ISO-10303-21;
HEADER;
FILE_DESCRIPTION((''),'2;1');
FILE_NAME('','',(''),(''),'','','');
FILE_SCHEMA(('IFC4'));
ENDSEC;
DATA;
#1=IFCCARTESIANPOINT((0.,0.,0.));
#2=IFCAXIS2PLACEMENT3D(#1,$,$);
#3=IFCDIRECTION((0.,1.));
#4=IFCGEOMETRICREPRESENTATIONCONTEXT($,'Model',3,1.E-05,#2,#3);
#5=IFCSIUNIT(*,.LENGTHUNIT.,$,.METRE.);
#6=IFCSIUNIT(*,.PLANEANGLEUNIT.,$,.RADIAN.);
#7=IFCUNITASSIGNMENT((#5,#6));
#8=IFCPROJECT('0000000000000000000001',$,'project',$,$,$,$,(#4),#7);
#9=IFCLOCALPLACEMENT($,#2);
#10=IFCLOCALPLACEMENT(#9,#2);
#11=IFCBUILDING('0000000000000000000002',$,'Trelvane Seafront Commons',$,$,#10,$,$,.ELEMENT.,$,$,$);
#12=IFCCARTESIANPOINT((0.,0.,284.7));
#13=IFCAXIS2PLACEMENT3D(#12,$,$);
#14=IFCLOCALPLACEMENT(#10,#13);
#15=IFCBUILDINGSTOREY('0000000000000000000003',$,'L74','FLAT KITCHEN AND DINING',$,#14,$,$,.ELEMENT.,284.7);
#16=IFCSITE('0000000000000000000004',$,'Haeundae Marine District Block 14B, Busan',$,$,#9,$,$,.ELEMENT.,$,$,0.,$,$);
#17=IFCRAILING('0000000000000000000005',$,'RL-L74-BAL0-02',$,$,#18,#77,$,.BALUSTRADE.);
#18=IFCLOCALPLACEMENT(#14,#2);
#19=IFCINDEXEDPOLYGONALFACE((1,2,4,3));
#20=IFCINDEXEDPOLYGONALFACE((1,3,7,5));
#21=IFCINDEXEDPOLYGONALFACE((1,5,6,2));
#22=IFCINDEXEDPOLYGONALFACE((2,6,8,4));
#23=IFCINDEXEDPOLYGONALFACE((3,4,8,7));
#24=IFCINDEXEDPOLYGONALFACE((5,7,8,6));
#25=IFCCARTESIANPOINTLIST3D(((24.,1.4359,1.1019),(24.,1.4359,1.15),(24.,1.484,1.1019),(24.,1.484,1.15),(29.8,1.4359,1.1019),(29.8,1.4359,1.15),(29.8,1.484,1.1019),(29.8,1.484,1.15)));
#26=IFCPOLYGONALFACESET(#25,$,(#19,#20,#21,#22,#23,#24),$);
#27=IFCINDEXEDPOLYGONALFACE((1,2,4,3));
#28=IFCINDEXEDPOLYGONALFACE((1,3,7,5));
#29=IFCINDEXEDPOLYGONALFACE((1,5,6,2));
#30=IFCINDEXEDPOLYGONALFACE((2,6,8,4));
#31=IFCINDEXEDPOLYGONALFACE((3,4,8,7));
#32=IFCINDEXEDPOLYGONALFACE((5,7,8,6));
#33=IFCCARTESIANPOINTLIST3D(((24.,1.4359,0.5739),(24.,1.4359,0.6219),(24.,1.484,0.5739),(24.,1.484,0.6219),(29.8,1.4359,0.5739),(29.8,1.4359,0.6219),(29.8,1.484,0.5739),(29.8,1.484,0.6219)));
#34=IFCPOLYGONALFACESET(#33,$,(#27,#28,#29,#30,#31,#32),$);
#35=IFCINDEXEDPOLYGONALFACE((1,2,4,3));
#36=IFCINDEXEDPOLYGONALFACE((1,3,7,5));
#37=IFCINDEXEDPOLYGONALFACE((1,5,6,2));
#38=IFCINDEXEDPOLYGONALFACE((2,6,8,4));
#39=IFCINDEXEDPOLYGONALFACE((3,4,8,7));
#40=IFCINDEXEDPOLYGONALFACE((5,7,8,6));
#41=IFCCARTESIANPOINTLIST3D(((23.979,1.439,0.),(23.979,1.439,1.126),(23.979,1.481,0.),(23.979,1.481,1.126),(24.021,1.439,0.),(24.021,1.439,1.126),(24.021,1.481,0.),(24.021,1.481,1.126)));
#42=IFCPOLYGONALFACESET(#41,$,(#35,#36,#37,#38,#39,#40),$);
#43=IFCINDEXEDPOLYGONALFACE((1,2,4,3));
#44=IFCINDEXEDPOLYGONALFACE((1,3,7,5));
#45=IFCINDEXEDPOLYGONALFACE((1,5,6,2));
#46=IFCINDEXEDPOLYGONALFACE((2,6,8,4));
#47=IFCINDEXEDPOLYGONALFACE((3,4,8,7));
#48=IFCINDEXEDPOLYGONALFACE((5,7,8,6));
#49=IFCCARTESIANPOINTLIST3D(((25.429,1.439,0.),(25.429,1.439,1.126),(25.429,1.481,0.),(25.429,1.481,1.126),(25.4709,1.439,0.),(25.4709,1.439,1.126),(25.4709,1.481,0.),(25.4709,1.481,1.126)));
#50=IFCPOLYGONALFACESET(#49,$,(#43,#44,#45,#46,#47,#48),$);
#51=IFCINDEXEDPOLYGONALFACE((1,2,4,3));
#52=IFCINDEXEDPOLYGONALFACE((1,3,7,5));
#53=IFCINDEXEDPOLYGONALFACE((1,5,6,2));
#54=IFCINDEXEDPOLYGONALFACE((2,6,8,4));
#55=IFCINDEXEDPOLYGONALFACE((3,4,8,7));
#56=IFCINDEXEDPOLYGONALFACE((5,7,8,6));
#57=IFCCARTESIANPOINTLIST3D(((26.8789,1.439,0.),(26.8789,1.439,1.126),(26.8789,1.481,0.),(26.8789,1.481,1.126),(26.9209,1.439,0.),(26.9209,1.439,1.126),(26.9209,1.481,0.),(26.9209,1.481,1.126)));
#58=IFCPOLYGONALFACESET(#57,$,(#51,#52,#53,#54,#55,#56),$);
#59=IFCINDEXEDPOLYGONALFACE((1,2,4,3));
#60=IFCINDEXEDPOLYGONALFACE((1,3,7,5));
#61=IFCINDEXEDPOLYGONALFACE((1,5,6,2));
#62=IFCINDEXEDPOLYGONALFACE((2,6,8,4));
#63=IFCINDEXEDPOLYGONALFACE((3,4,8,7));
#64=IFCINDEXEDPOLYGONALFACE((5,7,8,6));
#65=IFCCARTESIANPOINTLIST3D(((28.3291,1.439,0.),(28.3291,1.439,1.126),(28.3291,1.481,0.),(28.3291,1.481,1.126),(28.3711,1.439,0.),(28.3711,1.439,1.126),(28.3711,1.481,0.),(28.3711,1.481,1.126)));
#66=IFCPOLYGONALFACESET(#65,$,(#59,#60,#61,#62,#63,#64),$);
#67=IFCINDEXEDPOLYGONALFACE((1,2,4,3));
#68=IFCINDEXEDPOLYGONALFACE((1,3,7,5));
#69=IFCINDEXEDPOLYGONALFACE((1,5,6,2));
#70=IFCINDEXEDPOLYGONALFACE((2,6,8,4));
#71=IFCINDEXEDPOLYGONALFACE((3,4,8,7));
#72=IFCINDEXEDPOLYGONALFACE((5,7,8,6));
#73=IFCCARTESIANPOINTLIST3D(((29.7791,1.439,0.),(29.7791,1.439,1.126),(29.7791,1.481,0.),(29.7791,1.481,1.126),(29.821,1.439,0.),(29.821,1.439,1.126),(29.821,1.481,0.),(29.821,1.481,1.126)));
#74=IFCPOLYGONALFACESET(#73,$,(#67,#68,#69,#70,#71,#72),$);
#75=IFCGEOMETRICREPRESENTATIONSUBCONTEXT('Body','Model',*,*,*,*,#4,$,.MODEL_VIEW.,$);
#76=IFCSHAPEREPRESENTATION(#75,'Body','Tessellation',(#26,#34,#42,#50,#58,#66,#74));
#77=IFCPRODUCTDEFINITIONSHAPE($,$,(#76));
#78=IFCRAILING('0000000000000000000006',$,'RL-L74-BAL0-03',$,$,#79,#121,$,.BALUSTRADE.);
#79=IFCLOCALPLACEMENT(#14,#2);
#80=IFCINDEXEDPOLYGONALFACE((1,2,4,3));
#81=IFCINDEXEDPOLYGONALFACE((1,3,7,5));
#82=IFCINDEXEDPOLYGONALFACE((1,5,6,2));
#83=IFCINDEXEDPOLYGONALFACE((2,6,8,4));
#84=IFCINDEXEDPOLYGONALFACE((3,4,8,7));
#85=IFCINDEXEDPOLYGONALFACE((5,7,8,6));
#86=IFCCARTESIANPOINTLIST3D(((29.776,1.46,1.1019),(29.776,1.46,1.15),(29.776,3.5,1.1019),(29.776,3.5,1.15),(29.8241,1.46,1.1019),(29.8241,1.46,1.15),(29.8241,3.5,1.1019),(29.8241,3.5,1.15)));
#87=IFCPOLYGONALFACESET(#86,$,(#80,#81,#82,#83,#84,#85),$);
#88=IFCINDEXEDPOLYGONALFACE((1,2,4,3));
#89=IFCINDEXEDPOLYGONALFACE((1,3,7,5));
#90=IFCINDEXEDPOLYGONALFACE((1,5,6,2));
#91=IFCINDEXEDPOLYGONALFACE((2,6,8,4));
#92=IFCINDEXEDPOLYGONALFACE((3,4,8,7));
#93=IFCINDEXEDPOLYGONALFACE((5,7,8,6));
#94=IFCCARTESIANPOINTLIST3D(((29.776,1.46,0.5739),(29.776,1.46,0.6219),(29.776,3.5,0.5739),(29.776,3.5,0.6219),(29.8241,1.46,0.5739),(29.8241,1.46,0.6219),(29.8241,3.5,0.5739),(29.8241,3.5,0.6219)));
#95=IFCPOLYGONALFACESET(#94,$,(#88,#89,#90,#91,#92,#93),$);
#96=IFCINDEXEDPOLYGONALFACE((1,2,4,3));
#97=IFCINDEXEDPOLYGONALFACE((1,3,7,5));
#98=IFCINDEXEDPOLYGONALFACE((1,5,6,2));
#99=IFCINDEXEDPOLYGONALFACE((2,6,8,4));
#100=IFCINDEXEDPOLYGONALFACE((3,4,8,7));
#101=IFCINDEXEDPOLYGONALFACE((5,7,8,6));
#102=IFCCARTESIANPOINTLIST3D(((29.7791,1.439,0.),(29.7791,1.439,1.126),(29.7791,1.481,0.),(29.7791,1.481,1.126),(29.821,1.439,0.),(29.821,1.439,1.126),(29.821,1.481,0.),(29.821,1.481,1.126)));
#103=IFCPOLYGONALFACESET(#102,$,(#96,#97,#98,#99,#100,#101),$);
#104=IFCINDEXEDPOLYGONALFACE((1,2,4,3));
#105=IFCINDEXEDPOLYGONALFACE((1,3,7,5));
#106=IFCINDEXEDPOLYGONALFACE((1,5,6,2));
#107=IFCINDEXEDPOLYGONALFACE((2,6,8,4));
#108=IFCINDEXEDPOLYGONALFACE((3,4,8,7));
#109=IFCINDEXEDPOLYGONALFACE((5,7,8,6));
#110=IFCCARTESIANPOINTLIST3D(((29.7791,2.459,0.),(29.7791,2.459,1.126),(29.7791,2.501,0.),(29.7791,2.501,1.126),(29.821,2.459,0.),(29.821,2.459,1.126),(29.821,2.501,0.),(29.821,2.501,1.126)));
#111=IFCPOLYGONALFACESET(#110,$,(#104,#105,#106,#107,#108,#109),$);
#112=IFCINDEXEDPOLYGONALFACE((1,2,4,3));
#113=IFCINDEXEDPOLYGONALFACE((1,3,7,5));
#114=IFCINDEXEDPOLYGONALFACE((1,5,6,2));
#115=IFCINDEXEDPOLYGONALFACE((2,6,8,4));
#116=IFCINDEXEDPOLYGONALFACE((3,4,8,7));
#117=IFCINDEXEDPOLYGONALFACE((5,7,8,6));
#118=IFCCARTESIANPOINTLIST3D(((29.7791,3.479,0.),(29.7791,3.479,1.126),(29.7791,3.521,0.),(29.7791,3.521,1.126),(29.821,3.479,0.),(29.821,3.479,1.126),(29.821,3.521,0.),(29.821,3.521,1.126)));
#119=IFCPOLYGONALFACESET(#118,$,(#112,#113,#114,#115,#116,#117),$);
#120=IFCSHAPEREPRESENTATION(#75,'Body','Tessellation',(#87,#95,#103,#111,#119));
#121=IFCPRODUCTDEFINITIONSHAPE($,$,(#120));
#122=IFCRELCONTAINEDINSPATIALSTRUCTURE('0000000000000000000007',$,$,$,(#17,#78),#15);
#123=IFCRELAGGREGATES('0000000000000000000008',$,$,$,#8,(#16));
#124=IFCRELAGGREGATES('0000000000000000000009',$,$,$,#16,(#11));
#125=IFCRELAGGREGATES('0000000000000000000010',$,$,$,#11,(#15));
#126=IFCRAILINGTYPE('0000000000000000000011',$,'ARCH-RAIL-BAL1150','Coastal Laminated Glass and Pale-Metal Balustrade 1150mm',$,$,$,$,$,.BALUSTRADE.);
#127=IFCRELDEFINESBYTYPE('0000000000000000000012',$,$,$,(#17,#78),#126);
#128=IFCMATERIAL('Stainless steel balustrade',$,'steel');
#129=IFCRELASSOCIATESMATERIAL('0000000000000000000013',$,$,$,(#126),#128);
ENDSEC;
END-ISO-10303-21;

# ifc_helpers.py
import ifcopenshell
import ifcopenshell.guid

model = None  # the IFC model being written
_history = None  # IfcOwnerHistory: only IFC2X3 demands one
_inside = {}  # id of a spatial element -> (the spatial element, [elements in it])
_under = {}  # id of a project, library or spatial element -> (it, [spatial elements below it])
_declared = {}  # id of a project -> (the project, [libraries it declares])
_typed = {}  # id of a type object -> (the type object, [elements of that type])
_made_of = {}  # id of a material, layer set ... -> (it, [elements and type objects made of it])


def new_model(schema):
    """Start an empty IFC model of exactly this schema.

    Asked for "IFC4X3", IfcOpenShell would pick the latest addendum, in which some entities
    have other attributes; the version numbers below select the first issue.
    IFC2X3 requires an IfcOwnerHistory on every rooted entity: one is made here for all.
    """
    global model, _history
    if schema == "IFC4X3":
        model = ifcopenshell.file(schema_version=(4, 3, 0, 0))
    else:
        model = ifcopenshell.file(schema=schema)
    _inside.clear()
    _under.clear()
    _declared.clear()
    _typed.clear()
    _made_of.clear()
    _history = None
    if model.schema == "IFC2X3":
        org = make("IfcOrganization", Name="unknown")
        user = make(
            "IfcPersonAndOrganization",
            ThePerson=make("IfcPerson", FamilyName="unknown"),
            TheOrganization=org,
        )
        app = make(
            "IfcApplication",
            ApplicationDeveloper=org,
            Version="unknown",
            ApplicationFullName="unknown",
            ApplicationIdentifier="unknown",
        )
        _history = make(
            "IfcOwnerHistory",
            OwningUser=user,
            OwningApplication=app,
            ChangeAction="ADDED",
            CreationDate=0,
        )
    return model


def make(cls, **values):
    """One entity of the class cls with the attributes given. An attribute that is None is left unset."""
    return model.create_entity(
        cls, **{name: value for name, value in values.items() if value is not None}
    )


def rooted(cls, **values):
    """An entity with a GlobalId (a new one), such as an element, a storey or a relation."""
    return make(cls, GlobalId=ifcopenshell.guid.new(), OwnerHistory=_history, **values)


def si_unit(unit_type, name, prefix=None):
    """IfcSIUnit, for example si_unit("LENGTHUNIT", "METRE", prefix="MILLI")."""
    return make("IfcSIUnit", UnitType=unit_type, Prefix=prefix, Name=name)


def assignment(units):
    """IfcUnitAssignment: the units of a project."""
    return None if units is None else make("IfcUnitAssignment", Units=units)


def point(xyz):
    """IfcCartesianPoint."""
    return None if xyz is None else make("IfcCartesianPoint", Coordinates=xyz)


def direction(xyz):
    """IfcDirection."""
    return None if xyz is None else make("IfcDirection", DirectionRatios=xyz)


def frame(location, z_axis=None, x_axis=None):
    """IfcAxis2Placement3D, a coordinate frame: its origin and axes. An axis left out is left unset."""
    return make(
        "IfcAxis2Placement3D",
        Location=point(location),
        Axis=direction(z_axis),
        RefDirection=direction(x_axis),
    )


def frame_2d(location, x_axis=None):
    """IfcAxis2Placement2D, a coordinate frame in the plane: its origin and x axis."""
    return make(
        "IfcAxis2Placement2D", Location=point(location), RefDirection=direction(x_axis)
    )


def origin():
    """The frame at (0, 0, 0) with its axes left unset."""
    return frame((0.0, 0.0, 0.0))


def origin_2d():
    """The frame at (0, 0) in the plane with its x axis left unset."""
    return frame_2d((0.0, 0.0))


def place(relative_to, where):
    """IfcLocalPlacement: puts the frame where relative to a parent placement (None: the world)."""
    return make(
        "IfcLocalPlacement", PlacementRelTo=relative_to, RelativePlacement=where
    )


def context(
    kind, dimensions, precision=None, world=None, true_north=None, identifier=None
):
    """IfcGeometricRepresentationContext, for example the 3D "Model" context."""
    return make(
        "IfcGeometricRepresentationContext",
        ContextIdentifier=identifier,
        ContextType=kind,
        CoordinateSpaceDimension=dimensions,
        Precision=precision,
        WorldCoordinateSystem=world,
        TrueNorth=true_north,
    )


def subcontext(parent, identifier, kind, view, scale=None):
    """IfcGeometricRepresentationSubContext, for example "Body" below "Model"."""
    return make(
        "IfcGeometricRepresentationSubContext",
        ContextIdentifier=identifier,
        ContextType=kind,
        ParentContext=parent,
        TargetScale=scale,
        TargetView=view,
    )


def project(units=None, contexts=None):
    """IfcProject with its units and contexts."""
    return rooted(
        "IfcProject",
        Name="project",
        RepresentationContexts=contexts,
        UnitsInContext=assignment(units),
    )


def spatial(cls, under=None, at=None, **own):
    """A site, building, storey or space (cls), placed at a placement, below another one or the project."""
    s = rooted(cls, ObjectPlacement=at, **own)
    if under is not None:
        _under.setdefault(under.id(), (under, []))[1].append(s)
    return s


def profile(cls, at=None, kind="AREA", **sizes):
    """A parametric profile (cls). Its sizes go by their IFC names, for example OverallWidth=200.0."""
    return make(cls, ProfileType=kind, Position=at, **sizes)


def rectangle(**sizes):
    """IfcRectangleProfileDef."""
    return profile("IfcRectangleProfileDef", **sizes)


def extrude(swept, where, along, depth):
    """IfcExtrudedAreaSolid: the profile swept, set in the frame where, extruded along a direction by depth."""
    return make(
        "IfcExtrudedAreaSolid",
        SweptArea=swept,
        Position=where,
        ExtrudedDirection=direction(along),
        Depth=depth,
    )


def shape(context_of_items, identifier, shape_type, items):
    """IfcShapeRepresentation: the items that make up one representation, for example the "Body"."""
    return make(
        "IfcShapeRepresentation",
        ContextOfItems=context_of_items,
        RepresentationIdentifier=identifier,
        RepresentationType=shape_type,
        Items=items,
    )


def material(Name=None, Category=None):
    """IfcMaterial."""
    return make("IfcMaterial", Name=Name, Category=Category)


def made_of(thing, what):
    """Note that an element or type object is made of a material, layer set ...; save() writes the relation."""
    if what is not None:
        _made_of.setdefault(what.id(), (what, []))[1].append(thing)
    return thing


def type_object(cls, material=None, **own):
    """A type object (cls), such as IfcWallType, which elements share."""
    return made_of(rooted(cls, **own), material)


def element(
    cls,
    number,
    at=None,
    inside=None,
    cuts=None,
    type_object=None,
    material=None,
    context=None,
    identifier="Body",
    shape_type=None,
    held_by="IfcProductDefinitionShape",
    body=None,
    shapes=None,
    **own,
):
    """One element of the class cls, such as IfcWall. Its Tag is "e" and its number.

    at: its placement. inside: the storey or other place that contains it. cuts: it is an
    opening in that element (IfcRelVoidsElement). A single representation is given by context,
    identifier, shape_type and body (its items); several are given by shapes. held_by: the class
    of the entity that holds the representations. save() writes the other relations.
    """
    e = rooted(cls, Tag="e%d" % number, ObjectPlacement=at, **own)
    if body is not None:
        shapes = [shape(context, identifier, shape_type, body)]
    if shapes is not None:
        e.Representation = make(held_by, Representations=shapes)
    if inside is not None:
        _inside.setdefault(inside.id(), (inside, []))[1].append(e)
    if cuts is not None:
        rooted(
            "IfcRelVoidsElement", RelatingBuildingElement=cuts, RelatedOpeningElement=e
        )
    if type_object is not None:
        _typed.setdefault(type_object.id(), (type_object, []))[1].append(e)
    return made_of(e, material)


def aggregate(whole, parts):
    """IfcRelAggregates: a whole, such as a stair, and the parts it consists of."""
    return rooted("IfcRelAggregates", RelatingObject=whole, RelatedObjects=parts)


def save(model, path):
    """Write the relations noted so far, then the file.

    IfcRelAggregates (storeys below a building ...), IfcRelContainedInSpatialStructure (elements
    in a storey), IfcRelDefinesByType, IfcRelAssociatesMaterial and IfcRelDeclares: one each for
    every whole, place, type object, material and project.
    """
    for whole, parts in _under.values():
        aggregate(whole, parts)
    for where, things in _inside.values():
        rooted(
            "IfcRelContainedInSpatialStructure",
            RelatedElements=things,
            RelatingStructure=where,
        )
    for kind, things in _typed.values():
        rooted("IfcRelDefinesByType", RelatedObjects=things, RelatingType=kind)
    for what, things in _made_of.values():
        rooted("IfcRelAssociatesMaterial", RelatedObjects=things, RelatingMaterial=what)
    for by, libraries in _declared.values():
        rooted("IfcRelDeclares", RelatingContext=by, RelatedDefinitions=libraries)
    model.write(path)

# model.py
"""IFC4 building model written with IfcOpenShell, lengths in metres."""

from ifc_helpers import new_model, si_unit, direction, frame, origin, origin_2d, place, context, subcontext, project, spatial, rectangle, extrude, material, type_object, element, save


model = new_model("IFC4")

# Units and contexts
model_context = context("Model", 3, precision=1e-05, world=origin(), true_north=direction((0.0, 1.0)))
body_context = subcontext(model_context, "Body", "Model", "MODEL_VIEW")
ifc_project = project(units=[si_unit("LENGTHUNIT", "METRE"), si_unit("PLANEANGLEUNIT", "RADIAN")], contexts=[model_context])

# Site, building, storey
site_placement = place(None, origin())
site = spatial("IfcSite", under=ifc_project, at=site_placement, Name="Haeundae Marine District Block 14B, Busan", CompositionType="ELEMENT", RefElevation=0.0)
building_placement = place(site_placement, origin())
building = spatial("IfcBuilding", under=site, at=building_placement, Name="Trelvane Seafront Commons", CompositionType="ELEMENT")
storey_placement = place(building_placement, frame((0.0, 0.0, 284.7)))
storey = spatial("IfcBuildingStorey", under=building, at=storey_placement, Name="L74", Description="FLAT KITCHEN AND DINING", CompositionType="ELEMENT", Elevation=284.7)

# Railings
ifc_material_1 = material(Name="Stainless steel balustrade", Category="steel")
railing_type = type_object("IfcRailingType", Name="ARCH-RAIL-BAL1150", Description="Coastal Laminated Glass and Pale-Metal Balustrade 1150mm", PredefinedType="BALUSTRADE", material=ifc_material_1)
railing_1_placement = place(storey_placement, frame((24.0, 1.46, 0.0)))
element("IfcRailing", 1, at=railing_1_placement, inside=storey, type_object=railing_type, Name="RL-L74-BAL0-02", PredefinedType="BALUSTRADE", context=body_context, shape_type="SweptSolid", body=[
    extrude(rectangle(XDim=0.0481, YDim=0.0481, at=origin_2d()), frame((0.0, 0.0, 1.126), z_axis=(1.0, 0.0, 0.0), x_axis=(0.0, 1.0, 0.0)), (0.0, 0.0, 1.0), 5.8),
    extrude(rectangle(XDim=0.0481, YDim=0.0481, at=origin_2d()), frame((0.0, 0.0, 0.5979), z_axis=(1.0, 0.0, 0.0), x_axis=(0.0, 1.0, 0.0)), (0.0, 0.0, 1.0), 5.8),
    extrude(rectangle(XDim=0.042, YDim=0.042, at=origin_2d()), origin(), (0.0, 0.0, 1.0), 1.126),
    extrude(rectangle(XDim=0.042, YDim=0.042, at=origin_2d()), frame((1.45, 0.0, 0.0)), (0.0, 0.0, 1.0), 1.126),
    extrude(rectangle(XDim=0.042, YDim=0.042, at=origin_2d()), frame((2.8999, 0.0, 0.0)), (0.0, 0.0, 1.0), 1.126),
    extrude(rectangle(XDim=0.042, YDim=0.042, at=origin_2d()), frame((4.3501, 0.0, 0.0)), (0.0, 0.0, 1.0), 1.126),
    extrude(rectangle(XDim=0.042, YDim=0.042, at=origin_2d()), frame((5.8, 0.0, 0.0)), (0.0, 0.0, 1.0), 1.126),
])
railing_2_placement = place(storey_placement, frame((29.8, 1.46, 0.0)))
element("IfcRailing", 2, at=railing_2_placement, inside=storey, type_object=railing_type, Name="RL-L74-BAL0-03", PredefinedType="BALUSTRADE", context=body_context, shape_type="SweptSolid", body=[
    extrude(rectangle(XDim=0.0481, YDim=0.0481, at=origin_2d()), frame((0.0, 0.0, 1.126), z_axis=(0.0, 1.0, 0.0), x_axis=(-1.0, 0.0, 0.0)), (0.0, 0.0, 1.0), 2.04),
    extrude(rectangle(XDim=0.0481, YDim=0.0481, at=origin_2d()), frame((0.0, 0.0, 0.5979), z_axis=(0.0, 1.0, 0.0), x_axis=(-1.0, 0.0, 0.0)), (0.0, 0.0, 1.0), 2.04),
    extrude(rectangle(XDim=0.042, YDim=0.042, at=origin_2d()), origin(), (0.0, 0.0, 1.0), 1.126),
    extrude(rectangle(XDim=0.042, YDim=0.042, at=origin_2d()), frame((0.0, 1.02, 0.0)), (0.0, 0.0, 1.0), 1.126),
    extrude(rectangle(XDim=0.042, YDim=0.042, at=origin_2d()), frame((0.0, 2.04, 0.0)), (0.0, 0.0, 1.0), 1.126),
])

save(model, "model.ifc")
